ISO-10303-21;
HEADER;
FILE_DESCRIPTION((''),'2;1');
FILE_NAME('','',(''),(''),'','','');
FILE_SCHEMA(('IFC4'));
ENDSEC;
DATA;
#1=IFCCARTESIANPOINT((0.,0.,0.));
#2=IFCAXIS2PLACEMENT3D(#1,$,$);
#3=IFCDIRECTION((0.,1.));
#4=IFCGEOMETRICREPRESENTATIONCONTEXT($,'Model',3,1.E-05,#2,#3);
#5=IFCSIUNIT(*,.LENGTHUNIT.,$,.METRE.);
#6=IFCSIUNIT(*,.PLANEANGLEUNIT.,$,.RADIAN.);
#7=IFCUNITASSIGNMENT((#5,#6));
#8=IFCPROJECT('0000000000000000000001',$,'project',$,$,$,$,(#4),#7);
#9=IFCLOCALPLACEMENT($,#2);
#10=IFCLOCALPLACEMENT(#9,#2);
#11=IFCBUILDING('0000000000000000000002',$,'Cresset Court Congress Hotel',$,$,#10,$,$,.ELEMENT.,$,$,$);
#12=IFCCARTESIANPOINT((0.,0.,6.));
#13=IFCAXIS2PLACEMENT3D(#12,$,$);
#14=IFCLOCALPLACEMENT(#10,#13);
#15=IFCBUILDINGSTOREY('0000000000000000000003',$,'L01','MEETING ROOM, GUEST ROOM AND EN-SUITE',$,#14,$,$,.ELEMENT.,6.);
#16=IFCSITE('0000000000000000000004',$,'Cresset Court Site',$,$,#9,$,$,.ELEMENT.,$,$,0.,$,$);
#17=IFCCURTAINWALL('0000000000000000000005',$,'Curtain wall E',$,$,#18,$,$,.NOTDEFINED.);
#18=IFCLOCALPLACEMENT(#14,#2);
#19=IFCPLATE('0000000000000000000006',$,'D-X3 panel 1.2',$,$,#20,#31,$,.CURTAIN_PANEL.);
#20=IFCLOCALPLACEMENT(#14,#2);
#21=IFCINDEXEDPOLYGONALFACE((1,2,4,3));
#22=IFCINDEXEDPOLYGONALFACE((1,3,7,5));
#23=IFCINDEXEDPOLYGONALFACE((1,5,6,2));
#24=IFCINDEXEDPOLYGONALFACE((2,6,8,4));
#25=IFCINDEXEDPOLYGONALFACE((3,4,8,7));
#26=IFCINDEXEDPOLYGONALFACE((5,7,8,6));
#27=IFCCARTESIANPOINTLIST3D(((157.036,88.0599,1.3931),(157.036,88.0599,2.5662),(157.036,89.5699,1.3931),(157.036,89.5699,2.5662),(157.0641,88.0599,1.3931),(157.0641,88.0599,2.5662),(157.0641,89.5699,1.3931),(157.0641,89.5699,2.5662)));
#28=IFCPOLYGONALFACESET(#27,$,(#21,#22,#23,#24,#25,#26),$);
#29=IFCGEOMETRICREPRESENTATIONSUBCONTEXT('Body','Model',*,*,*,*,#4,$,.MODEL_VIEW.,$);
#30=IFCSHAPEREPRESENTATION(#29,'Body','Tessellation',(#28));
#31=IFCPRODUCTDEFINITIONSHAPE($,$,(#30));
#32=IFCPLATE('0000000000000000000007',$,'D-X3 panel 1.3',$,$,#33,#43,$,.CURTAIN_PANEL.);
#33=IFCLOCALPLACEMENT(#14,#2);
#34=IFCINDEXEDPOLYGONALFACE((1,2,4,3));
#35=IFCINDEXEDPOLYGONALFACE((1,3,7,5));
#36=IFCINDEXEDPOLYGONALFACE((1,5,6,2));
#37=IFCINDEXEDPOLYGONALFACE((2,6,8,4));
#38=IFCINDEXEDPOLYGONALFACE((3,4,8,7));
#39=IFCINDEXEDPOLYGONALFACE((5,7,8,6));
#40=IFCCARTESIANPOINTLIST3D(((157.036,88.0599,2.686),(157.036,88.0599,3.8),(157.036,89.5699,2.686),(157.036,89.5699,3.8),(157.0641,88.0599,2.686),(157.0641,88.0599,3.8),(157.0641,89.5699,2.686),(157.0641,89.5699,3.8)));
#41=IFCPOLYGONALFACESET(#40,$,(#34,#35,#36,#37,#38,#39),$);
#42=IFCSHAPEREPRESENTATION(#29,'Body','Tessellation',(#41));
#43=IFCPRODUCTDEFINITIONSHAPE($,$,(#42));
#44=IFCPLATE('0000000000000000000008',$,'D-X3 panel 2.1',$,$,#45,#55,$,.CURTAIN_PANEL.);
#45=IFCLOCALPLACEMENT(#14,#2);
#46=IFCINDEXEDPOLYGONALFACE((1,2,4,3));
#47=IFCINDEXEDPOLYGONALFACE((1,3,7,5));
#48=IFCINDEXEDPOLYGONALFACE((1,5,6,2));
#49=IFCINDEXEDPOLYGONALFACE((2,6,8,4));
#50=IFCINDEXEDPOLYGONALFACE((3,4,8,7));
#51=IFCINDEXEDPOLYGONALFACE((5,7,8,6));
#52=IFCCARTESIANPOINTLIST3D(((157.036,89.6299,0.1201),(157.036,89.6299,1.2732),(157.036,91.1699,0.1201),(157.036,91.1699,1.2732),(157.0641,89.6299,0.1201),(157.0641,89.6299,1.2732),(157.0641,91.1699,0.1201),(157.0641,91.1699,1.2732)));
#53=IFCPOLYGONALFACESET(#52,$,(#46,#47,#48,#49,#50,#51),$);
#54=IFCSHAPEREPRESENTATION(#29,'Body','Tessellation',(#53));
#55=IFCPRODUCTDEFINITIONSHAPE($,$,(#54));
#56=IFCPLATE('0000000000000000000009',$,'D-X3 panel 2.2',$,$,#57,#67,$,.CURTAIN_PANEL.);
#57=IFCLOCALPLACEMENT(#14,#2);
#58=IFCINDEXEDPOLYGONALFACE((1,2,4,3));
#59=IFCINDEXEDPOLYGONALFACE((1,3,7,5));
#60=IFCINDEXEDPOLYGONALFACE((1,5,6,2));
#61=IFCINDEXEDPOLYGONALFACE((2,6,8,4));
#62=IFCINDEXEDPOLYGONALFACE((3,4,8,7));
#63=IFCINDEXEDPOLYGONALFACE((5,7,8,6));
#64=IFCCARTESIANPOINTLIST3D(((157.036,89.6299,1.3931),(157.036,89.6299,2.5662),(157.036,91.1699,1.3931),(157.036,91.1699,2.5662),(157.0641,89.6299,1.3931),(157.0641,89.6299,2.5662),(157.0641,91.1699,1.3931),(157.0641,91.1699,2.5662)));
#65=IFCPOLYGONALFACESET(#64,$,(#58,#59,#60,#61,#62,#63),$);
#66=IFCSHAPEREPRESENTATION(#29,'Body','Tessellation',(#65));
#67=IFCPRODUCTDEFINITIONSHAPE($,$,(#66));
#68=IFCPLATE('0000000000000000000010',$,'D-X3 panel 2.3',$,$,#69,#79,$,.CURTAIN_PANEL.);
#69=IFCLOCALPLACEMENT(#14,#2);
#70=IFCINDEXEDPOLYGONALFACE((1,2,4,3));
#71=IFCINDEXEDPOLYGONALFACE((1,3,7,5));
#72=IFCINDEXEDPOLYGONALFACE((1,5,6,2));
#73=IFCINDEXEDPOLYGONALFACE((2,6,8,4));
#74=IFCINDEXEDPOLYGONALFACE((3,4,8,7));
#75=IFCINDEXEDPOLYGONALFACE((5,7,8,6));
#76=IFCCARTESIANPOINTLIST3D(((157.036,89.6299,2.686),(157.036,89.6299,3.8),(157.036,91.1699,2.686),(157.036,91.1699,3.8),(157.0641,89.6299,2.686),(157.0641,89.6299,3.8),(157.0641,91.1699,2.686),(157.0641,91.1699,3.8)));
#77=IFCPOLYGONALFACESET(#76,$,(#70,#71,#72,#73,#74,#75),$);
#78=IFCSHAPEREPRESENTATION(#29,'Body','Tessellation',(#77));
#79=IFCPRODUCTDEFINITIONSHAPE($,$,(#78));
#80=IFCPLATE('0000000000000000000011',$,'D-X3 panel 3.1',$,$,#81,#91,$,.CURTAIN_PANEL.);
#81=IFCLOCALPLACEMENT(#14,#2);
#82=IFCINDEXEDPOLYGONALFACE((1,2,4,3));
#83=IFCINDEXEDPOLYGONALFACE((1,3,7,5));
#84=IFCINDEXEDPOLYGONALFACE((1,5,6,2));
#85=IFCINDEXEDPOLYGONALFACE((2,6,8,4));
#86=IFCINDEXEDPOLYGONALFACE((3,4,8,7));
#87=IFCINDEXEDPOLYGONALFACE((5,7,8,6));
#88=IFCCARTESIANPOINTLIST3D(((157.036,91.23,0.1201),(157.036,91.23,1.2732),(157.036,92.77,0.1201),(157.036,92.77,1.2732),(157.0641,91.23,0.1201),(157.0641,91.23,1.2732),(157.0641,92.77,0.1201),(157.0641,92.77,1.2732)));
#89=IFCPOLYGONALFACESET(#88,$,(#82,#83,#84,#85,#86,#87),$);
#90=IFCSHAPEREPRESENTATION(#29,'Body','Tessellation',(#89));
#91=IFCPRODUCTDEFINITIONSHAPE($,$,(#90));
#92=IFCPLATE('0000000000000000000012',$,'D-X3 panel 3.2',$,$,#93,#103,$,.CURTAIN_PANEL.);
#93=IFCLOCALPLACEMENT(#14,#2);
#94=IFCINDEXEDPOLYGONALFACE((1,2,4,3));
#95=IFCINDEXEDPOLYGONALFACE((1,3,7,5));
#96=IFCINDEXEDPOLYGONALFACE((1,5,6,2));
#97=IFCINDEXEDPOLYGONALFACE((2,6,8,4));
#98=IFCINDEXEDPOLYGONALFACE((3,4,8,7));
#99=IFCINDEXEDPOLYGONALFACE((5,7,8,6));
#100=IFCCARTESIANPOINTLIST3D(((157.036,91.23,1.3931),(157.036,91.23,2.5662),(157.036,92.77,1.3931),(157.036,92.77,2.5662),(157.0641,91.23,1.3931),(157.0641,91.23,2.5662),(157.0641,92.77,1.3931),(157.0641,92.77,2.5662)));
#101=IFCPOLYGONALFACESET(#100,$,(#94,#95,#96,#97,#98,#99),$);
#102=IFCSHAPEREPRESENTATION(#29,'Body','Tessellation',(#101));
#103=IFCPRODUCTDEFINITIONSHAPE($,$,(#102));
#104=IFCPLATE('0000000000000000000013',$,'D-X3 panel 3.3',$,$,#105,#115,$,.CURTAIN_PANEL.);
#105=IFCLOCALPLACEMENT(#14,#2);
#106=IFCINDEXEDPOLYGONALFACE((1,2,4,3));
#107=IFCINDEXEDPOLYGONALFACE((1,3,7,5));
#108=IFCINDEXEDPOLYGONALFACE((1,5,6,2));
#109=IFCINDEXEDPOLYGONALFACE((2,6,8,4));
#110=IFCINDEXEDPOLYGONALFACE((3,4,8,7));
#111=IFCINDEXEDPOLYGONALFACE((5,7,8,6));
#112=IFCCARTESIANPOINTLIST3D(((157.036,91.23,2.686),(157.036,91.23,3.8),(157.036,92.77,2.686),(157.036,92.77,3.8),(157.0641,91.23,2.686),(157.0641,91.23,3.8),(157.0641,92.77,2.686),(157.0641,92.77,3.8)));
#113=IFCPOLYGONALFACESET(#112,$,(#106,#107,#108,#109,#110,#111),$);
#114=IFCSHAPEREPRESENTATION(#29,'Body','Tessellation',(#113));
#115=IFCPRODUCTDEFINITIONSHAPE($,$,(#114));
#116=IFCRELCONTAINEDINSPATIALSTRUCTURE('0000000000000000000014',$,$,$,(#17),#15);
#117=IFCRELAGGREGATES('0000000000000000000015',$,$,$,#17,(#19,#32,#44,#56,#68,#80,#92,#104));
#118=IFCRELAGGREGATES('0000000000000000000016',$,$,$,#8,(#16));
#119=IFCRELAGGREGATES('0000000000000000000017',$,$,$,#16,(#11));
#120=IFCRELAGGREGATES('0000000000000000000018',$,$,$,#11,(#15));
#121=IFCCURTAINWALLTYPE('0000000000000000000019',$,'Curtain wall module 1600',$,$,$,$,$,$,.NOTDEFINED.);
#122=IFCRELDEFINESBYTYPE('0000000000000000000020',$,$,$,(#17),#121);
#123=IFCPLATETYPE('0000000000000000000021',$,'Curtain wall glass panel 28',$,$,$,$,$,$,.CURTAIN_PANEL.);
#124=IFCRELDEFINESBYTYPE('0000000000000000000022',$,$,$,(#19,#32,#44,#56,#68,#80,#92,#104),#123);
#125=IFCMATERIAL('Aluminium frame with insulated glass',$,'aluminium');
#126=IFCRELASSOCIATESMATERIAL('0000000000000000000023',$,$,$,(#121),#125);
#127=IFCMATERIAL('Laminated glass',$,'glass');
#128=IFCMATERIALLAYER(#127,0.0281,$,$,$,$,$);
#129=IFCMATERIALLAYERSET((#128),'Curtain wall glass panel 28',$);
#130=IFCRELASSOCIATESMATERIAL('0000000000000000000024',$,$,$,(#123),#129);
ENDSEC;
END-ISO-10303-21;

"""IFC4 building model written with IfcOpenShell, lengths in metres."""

from ifc_helpers import new_model, si_unit, direction, frame, origin, origin_2d, place, context, subcontext, project, spatial, rectangle, extrude, material, layer, layer_set, type_object, element, aggregate, save


model = new_model("IFC4")

# Units and contexts
model_context = context("Model", 3, precision=1e-05, world=origin(), true_north=direction((0.0, 1.0)))
body_context = subcontext(model_context, "Body", "Model", "MODEL_VIEW")
ifc_project = project(units=[si_unit("LENGTHUNIT", "METRE"), si_unit("PLANEANGLEUNIT", "RADIAN")], contexts=[model_context])

# Site, building, storey
site_placement = place(None, origin())
site = spatial("IfcSite", under=ifc_project, at=site_placement, Name="Cresset Court Site", CompositionType="ELEMENT", RefElevation=0.0)
building_placement = place(site_placement, origin())
building = spatial("IfcBuilding", under=site, at=building_placement, Name="Cresset Court Congress Hotel", CompositionType="ELEMENT")
storey_placement = place(building_placement, frame((0.0, 0.0, 6.0)))
storey = spatial("IfcBuildingStorey", under=building, at=storey_placement, Name="L01", Description="MEETING ROOM, GUEST ROOM AND EN-SUITE", CompositionType="ELEMENT", Elevation=6.0)

# Curtain wall, plates
ifc_material_1 = material(Name="Aluminium frame with insulated glass", Category="aluminium")
curtain_wall_type = type_object("IfcCurtainWallType", Name="Curtain wall module 1600", PredefinedType="NOTDEFINED", material=ifc_material_1)
curtain_wall_placement = place(storey_placement, origin())
curtain_wall = element("IfcCurtainWall", 1, at=curtain_wall_placement, inside=storey, type_object=curtain_wall_type, Name="Curtain wall E", PredefinedType="NOTDEFINED")
ifc_material_2 = material(Name="Laminated glass", Category="glass")
ifc_layer = layer(ifc_material_2, 0.0281)
ifc_layer_set = layer_set([ifc_layer], Name="Curtain wall glass panel 28")
plate_type = type_object("IfcPlateType", Name="Curtain wall glass panel 28", PredefinedType="CURTAIN_PANEL", material=ifc_layer_set)
plate_1_placement = place(storey_placement, frame((157.05, 88.8149, 1.3931), z_axis=(0.0, 0.0, 1.0), x_axis=(0.0, 1.0, 0.0)))
plate_1 = element("IfcPlate", 2, at=plate_1_placement, type_object=plate_type, Name="D-X3 panel 1.2", PredefinedType="CURTAIN_PANEL", context=body_context, shape_type="SweptSolid", body=[
    extrude(rectangle(XDim=1.51, YDim=0.0281, at=origin_2d()), origin(), (0.0, 0.0, 1.0), 1.1731),
])
plate_2_placement = place(storey_placement, frame((157.05, 88.8149, 2.686), z_axis=(0.0, 0.0, 1.0), x_axis=(0.0, 1.0, 0.0)))
plate_2 = element("IfcPlate", 3, at=plate_2_placement, type_object=plate_type, Name="D-X3 panel 1.3", PredefinedType="CURTAIN_PANEL", context=body_context, shape_type="SweptSolid", body=[
    extrude(rectangle(XDim=1.51, YDim=0.0281, at=origin_2d()), origin(), (0.0, 0.0, 1.0), 1.114),
])
plate_3_placement = place(storey_placement, frame((157.05, 90.3999, 0.1201), z_axis=(0.0, 0.0, 1.0), x_axis=(0.0, 1.0, 0.0)))
plate_3 = element("IfcPlate", 4, at=plate_3_placement, type_object=plate_type, Name="D-X3 panel 2.1", PredefinedType="CURTAIN_PANEL", context=body_context, shape_type="SweptSolid", body=[
    extrude(rectangle(XDim=1.54, YDim=0.0281, at=origin_2d()), origin(), (0.0, 0.0, 1.0), 1.1531),
])
plate_4_placement = place(storey_placement, frame((157.05, 90.3999, 1.3931), z_axis=(0.0, 0.0, 1.0), x_axis=(0.0, 1.0, 0.0)))
plate_4 = element("IfcPlate", 5, at=plate_4_placement, type_object=plate_type, Name="D-X3 panel 2.2", PredefinedType="CURTAIN_PANEL", context=body_context, shape_type="SweptSolid", body=[
    extrude(rectangle(XDim=1.54, YDim=0.0281, at=origin_2d()), origin(), (0.0, 0.0, 1.0), 1.1731),
])
plate_5_placement = place(storey_placement, frame((157.05, 90.3999, 2.686), z_axis=(0.0, 0.0, 1.0), x_axis=(0.0, 1.0, 0.0)))
plate_5 = element("IfcPlate", 6, at=plate_5_placement, type_object=plate_type, Name="D-X3 panel 2.3", PredefinedType="CURTAIN_PANEL", context=body_context, shape_type="SweptSolid", body=[
    extrude(rectangle(XDim=1.54, YDim=0.0281, at=origin_2d()), origin(), (0.0, 0.0, 1.0), 1.114),
])
plate_6_placement = place(storey_placement, frame((157.05, 92.0, 0.1201), z_axis=(0.0, 0.0, 1.0), x_axis=(0.0, 1.0, 0.0)))
plate_6 = element("IfcPlate", 7, at=plate_6_placement, type_object=plate_type, Name="D-X3 panel 3.1", PredefinedType="CURTAIN_PANEL", context=body_context, shape_type="SweptSolid", body=[
    extrude(rectangle(XDim=1.54, YDim=0.0281, at=origin_2d()), origin(), (0.0, 0.0, 1.0), 1.1531),
])
plate_7_placement = place(storey_placement, frame((157.05, 92.0, 1.3931), z_axis=(0.0, 0.0, 1.0), x_axis=(0.0, 1.0, 0.0)))
plate_7 = element("IfcPlate", 8, at=plate_7_placement, type_object=plate_type, Name="D-X3 panel 3.2", PredefinedType="CURTAIN_PANEL", context=body_context, shape_type="SweptSolid", body=[
    extrude(rectangle(XDim=1.54, YDim=0.0281, at=origin_2d()), origin(), (0.0, 0.0, 1.0), 1.1731),
])
plate_8_placement = place(storey_placement, frame((157.05, 92.0, 2.686), z_axis=(0.0, 0.0, 1.0), x_axis=(0.0, 1.0, 0.0)))
plate_8 = element("IfcPlate", 9, at=plate_8_placement, type_object=plate_type, Name="D-X3 panel 3.3", PredefinedType="CURTAIN_PANEL", context=body_context, shape_type="SweptSolid", body=[
    extrude(rectangle(XDim=1.54, YDim=0.0281, at=origin_2d()), origin(), (0.0, 0.0, 1.0), 1.114),
])
aggregate(curtain_wall, [plate_1, plate_2, plate_3, plate_4, plate_5, plate_6, plate_7, plate_8])

save(model, "model.ifc")
